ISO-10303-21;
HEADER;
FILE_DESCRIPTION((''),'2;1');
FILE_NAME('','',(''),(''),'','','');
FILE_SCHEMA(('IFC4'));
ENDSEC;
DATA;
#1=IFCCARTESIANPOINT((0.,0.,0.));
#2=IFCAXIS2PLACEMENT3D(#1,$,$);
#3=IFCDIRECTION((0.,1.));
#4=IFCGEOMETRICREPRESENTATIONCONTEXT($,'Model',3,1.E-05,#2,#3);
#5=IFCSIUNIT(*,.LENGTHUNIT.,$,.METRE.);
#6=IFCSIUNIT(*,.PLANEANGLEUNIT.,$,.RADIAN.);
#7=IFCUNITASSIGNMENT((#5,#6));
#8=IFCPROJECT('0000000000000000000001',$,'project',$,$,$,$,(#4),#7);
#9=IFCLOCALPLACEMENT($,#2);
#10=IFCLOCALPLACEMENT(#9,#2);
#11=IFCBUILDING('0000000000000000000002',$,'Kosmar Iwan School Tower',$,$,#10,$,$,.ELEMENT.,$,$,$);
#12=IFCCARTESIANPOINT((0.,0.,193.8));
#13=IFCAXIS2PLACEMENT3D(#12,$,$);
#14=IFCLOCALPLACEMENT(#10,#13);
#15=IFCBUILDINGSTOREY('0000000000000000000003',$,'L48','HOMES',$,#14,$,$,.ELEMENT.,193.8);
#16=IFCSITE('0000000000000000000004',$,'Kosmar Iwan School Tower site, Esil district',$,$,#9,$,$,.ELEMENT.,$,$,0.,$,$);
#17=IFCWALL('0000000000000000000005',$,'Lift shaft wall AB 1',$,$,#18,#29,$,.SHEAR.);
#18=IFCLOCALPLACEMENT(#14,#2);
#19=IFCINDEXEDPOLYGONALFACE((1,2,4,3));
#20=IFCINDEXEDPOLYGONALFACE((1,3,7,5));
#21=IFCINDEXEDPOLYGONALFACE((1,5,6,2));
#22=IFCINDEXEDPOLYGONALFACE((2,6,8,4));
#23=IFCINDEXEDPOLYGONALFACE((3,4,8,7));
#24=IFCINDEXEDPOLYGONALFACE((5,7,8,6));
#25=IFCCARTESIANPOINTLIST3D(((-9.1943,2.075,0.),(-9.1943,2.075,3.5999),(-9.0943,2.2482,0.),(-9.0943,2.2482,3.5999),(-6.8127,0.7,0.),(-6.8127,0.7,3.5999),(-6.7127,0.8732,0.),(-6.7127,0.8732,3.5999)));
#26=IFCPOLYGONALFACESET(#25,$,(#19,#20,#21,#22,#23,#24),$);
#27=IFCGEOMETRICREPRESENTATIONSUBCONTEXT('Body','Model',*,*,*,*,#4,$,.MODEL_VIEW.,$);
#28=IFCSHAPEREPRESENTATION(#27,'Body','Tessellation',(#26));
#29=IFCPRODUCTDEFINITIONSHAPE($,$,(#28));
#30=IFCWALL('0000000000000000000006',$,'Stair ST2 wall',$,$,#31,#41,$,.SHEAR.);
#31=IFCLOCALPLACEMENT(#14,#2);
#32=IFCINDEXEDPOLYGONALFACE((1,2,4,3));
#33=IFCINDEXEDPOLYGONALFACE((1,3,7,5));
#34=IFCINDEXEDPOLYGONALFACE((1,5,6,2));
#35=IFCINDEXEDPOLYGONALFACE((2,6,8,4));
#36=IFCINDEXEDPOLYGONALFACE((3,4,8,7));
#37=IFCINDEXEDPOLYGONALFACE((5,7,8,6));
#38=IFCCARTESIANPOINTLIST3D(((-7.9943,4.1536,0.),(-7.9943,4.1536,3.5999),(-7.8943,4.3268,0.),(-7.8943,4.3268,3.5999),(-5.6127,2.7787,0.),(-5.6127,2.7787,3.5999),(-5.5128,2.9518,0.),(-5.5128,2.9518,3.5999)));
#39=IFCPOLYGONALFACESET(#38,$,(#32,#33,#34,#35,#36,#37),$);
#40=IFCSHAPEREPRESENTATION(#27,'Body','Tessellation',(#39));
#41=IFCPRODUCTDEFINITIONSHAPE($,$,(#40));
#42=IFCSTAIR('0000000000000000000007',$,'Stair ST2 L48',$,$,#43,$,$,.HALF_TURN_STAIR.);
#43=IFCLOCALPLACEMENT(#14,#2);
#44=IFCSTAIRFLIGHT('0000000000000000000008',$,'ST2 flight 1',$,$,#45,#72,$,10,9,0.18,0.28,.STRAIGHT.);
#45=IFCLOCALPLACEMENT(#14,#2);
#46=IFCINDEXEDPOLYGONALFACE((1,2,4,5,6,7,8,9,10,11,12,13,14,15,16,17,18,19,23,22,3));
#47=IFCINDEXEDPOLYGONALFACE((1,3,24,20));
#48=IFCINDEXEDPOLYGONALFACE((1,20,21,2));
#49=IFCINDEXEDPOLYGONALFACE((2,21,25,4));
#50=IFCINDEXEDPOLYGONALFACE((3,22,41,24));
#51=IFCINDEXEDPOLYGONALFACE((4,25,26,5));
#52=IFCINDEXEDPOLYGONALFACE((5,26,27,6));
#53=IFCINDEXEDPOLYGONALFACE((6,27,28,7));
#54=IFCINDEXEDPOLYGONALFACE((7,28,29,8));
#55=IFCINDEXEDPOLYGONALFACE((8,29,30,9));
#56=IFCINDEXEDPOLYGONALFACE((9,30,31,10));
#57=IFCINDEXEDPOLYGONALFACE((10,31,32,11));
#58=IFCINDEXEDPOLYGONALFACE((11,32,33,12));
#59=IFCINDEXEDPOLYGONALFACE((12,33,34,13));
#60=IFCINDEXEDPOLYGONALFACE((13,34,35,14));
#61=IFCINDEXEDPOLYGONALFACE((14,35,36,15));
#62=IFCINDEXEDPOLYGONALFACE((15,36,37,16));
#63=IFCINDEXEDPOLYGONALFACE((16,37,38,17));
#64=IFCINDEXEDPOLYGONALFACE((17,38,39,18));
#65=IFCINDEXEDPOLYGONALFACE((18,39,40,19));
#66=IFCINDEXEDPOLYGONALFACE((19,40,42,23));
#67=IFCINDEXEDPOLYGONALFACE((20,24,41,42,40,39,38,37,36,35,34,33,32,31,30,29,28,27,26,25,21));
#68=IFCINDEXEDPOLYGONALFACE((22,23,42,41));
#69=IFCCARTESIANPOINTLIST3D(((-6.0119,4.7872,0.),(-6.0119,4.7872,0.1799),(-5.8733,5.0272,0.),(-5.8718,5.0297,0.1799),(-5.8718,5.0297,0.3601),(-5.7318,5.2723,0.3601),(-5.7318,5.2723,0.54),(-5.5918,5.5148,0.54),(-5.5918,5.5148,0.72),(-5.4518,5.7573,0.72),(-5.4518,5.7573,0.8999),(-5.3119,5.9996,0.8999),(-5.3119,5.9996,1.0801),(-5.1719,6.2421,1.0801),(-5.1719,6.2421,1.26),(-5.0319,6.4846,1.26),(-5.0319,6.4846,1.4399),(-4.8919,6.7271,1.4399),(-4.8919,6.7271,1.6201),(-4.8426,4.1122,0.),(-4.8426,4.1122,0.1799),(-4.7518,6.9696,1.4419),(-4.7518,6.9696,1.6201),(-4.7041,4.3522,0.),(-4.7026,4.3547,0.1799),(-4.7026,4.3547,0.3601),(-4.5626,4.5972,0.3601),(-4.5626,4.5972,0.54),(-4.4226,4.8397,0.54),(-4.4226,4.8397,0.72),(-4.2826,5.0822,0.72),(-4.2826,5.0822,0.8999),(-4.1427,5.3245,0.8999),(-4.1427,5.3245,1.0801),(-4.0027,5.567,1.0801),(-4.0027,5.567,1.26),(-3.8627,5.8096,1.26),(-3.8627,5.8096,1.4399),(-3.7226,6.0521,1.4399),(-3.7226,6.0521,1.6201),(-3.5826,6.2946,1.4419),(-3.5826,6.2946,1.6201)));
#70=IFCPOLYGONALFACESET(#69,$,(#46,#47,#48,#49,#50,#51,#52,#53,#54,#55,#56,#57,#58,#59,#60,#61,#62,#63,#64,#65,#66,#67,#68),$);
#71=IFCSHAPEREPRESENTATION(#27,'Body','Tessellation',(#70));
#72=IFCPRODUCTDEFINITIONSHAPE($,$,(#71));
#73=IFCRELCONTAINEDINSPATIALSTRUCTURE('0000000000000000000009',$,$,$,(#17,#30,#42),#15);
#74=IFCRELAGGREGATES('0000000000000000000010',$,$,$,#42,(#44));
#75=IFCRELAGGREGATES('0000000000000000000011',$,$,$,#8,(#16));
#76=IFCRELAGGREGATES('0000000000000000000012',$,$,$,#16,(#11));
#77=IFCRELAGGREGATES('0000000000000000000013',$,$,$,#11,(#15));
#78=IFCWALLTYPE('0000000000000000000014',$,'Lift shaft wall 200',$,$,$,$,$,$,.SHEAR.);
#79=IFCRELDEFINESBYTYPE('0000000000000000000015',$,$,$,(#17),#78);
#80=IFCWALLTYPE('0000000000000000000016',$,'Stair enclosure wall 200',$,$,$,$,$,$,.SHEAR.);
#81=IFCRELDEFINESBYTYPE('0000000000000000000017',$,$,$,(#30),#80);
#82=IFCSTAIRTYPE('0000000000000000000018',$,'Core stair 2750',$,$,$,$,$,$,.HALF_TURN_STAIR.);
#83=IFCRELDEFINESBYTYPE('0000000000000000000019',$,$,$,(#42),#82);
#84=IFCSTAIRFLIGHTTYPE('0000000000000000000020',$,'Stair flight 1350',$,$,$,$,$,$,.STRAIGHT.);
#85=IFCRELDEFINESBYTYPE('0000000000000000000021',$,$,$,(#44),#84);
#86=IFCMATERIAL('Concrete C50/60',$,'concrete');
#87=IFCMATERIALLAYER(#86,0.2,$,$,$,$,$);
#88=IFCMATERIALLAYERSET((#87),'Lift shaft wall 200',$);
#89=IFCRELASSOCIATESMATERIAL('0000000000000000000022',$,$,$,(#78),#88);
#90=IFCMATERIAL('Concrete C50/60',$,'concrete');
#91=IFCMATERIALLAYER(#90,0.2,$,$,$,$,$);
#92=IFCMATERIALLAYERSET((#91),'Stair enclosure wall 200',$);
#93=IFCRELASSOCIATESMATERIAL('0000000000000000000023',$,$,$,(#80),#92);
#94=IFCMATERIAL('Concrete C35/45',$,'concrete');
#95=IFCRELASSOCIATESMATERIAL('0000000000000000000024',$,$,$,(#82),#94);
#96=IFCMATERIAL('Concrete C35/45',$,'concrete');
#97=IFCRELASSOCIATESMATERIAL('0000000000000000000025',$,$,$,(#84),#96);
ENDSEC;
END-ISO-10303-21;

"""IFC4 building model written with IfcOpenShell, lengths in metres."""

from ifc_helpers import new_model, si_unit, direction, frame, frame_2d, origin, place, context, subcontext, project, spatial, polyline, rectangle, outline, extrude, material, layer, layer_set, type_object, element, aggregate, save


model = new_model("IFC4")

# Units and contexts
model_context = context("Model", 3, precision=1e-05, world=origin(), true_north=direction((0.0, 1.0)))
body_context = subcontext(model_context, "Body", "Model", "MODEL_VIEW")
ifc_project = project(units=[si_unit("LENGTHUNIT", "METRE"), si_unit("PLANEANGLEUNIT", "RADIAN")], contexts=[model_context])

# Site, building, storey
site_placement = place(None, origin())
site = spatial("IfcSite", under=ifc_project, at=site_placement, Name="Kosmar Iwan School Tower site, Esil district", CompositionType="ELEMENT", RefElevation=0.0)
building_placement = place(site_placement, origin())
building = spatial("IfcBuilding", under=site, at=building_placement, Name="Kosmar Iwan School Tower", CompositionType="ELEMENT")
storey_placement = place(building_placement, frame((0.0, 0.0, 193.8)))
storey = spatial("IfcBuildingStorey", under=building, at=storey_placement, Name="L48", Description="HOMES", CompositionType="ELEMENT", Elevation=193.8)

# Walls
ifc_material_1 = material(Name="Concrete C50/60", Category="concrete")
ifc_layer_1 = layer(ifc_material_1, 0.2)
ifc_layer_set_1 = layer_set([ifc_layer_1], Name="Lift shaft wall 200")
wall_type_1 = type_object("IfcWallType", Name="Lift shaft wall 200", PredefinedType="SHEAR", material=ifc_layer_set_1)
wall_1_placement = place(storey_placement, frame((-6.7627, 0.7866, 0.0), z_axis=(0.0, 0.0, 1.0), x_axis=(-0.866027, 0.499997, 0.0)))
element("IfcWall", 1, at=wall_1_placement, inside=storey, type_object=wall_type_1, Name="Lift shaft wall AB 1", PredefinedType="SHEAR", context=body_context, shape_type="SweptSolid", body=[
    extrude(rectangle(XDim=2.75, YDim=0.2, at=frame_2d((1.375, 0.0))), origin(), (0.0, 0.0, 1.0), 3.5999),
])
ifc_material_2 = material(Name="Concrete C50/60", Category="concrete")
ifc_layer_2 = layer(ifc_material_2, 0.2)
ifc_layer_set_2 = layer_set([ifc_layer_2], Name="Stair enclosure wall 200")
wall_type_2 = type_object("IfcWallType", Name="Stair enclosure wall 200", PredefinedType="SHEAR", material=ifc_layer_set_2)
wall_2_placement = place(storey_placement, frame((-5.5627, 2.8652, 0.0), z_axis=(0.0, 0.0, 1.0), x_axis=(-0.866027, 0.499997, 0.0)))
element("IfcWall", 2, at=wall_2_placement, inside=storey, type_object=wall_type_2, Name="Stair ST2 wall", PredefinedType="SHEAR", context=body_context, shape_type="SweptSolid", body=[
    extrude(rectangle(XDim=2.75, YDim=0.2, at=frame_2d((1.375, 0.0))), origin(), (0.0, 0.0, 1.0), 3.5999),
])

# Stair, stair flight
ifc_material_3 = material(Name="Concrete C35/45", Category="concrete")
stair_type = type_object("IfcStairType", Name="Core stair 2750", PredefinedType="HALF_TURN_STAIR", material=ifc_material_3)
stair_placement = place(storey_placement, origin())
stair = element("IfcStair", 3, at=stair_placement, inside=storey, type_object=stair_type, Name="Stair ST2 L48", PredefinedType="HALF_TURN_STAIR")
ifc_material_4 = material(Name="Concrete C35/45", Category="concrete")
stair_flight_type = type_object("IfcStairFlightType", Name="Stair flight 1350", PredefinedType="STRAIGHT", material=ifc_material_4)
stair_flight_placement = place(storey_placement, frame((-5.4272, 4.4497, 0.0), z_axis=(0.0, 0.0, 1.0), x_axis=(0.5, 0.866025, 0.0)))
stair_flight = element("IfcStairFlight", 4, at=stair_flight_placement, type_object=stair_flight_type, Name="ST2 flight 1", NumberOfRisers=10, NumberOfTreads=9, PredefinedType="STRAIGHT", RiserHeight=0.18, TreadLength=0.28, context=body_context, shape_type="SweptSolid", body=[
    extrude(outline(polyline([(0.0, 0.0), (0.0, 0.1799), (0.28, 0.1799), (0.28, 0.3601), (0.5601, 0.3601), (0.5601, 0.54), (0.8401, 0.54), (0.8401, 0.72), (1.1201, 0.72), (1.1201, 0.8999), (1.3999, 0.8999), (1.3999, 1.0801), (1.6799, 1.0801), (1.6799, 1.26), (1.96, 1.26), (1.96, 1.4399), (2.24, 1.4399), (2.24, 1.6201), (2.52, 1.6201), (2.52, 1.8), (2.52, 1.4419), (0.2771, 0.0), (0.0, 0.0)])), frame((0.0, 0.675, 0.0), z_axis=(0.0, -1.0, 0.0), x_axis=(1.0, 0.0, 0.0)), (0.0, 0.0, 1.0), 1.3501),
])
aggregate(stair, [stair_flight])

save(model, "model.ifc")
